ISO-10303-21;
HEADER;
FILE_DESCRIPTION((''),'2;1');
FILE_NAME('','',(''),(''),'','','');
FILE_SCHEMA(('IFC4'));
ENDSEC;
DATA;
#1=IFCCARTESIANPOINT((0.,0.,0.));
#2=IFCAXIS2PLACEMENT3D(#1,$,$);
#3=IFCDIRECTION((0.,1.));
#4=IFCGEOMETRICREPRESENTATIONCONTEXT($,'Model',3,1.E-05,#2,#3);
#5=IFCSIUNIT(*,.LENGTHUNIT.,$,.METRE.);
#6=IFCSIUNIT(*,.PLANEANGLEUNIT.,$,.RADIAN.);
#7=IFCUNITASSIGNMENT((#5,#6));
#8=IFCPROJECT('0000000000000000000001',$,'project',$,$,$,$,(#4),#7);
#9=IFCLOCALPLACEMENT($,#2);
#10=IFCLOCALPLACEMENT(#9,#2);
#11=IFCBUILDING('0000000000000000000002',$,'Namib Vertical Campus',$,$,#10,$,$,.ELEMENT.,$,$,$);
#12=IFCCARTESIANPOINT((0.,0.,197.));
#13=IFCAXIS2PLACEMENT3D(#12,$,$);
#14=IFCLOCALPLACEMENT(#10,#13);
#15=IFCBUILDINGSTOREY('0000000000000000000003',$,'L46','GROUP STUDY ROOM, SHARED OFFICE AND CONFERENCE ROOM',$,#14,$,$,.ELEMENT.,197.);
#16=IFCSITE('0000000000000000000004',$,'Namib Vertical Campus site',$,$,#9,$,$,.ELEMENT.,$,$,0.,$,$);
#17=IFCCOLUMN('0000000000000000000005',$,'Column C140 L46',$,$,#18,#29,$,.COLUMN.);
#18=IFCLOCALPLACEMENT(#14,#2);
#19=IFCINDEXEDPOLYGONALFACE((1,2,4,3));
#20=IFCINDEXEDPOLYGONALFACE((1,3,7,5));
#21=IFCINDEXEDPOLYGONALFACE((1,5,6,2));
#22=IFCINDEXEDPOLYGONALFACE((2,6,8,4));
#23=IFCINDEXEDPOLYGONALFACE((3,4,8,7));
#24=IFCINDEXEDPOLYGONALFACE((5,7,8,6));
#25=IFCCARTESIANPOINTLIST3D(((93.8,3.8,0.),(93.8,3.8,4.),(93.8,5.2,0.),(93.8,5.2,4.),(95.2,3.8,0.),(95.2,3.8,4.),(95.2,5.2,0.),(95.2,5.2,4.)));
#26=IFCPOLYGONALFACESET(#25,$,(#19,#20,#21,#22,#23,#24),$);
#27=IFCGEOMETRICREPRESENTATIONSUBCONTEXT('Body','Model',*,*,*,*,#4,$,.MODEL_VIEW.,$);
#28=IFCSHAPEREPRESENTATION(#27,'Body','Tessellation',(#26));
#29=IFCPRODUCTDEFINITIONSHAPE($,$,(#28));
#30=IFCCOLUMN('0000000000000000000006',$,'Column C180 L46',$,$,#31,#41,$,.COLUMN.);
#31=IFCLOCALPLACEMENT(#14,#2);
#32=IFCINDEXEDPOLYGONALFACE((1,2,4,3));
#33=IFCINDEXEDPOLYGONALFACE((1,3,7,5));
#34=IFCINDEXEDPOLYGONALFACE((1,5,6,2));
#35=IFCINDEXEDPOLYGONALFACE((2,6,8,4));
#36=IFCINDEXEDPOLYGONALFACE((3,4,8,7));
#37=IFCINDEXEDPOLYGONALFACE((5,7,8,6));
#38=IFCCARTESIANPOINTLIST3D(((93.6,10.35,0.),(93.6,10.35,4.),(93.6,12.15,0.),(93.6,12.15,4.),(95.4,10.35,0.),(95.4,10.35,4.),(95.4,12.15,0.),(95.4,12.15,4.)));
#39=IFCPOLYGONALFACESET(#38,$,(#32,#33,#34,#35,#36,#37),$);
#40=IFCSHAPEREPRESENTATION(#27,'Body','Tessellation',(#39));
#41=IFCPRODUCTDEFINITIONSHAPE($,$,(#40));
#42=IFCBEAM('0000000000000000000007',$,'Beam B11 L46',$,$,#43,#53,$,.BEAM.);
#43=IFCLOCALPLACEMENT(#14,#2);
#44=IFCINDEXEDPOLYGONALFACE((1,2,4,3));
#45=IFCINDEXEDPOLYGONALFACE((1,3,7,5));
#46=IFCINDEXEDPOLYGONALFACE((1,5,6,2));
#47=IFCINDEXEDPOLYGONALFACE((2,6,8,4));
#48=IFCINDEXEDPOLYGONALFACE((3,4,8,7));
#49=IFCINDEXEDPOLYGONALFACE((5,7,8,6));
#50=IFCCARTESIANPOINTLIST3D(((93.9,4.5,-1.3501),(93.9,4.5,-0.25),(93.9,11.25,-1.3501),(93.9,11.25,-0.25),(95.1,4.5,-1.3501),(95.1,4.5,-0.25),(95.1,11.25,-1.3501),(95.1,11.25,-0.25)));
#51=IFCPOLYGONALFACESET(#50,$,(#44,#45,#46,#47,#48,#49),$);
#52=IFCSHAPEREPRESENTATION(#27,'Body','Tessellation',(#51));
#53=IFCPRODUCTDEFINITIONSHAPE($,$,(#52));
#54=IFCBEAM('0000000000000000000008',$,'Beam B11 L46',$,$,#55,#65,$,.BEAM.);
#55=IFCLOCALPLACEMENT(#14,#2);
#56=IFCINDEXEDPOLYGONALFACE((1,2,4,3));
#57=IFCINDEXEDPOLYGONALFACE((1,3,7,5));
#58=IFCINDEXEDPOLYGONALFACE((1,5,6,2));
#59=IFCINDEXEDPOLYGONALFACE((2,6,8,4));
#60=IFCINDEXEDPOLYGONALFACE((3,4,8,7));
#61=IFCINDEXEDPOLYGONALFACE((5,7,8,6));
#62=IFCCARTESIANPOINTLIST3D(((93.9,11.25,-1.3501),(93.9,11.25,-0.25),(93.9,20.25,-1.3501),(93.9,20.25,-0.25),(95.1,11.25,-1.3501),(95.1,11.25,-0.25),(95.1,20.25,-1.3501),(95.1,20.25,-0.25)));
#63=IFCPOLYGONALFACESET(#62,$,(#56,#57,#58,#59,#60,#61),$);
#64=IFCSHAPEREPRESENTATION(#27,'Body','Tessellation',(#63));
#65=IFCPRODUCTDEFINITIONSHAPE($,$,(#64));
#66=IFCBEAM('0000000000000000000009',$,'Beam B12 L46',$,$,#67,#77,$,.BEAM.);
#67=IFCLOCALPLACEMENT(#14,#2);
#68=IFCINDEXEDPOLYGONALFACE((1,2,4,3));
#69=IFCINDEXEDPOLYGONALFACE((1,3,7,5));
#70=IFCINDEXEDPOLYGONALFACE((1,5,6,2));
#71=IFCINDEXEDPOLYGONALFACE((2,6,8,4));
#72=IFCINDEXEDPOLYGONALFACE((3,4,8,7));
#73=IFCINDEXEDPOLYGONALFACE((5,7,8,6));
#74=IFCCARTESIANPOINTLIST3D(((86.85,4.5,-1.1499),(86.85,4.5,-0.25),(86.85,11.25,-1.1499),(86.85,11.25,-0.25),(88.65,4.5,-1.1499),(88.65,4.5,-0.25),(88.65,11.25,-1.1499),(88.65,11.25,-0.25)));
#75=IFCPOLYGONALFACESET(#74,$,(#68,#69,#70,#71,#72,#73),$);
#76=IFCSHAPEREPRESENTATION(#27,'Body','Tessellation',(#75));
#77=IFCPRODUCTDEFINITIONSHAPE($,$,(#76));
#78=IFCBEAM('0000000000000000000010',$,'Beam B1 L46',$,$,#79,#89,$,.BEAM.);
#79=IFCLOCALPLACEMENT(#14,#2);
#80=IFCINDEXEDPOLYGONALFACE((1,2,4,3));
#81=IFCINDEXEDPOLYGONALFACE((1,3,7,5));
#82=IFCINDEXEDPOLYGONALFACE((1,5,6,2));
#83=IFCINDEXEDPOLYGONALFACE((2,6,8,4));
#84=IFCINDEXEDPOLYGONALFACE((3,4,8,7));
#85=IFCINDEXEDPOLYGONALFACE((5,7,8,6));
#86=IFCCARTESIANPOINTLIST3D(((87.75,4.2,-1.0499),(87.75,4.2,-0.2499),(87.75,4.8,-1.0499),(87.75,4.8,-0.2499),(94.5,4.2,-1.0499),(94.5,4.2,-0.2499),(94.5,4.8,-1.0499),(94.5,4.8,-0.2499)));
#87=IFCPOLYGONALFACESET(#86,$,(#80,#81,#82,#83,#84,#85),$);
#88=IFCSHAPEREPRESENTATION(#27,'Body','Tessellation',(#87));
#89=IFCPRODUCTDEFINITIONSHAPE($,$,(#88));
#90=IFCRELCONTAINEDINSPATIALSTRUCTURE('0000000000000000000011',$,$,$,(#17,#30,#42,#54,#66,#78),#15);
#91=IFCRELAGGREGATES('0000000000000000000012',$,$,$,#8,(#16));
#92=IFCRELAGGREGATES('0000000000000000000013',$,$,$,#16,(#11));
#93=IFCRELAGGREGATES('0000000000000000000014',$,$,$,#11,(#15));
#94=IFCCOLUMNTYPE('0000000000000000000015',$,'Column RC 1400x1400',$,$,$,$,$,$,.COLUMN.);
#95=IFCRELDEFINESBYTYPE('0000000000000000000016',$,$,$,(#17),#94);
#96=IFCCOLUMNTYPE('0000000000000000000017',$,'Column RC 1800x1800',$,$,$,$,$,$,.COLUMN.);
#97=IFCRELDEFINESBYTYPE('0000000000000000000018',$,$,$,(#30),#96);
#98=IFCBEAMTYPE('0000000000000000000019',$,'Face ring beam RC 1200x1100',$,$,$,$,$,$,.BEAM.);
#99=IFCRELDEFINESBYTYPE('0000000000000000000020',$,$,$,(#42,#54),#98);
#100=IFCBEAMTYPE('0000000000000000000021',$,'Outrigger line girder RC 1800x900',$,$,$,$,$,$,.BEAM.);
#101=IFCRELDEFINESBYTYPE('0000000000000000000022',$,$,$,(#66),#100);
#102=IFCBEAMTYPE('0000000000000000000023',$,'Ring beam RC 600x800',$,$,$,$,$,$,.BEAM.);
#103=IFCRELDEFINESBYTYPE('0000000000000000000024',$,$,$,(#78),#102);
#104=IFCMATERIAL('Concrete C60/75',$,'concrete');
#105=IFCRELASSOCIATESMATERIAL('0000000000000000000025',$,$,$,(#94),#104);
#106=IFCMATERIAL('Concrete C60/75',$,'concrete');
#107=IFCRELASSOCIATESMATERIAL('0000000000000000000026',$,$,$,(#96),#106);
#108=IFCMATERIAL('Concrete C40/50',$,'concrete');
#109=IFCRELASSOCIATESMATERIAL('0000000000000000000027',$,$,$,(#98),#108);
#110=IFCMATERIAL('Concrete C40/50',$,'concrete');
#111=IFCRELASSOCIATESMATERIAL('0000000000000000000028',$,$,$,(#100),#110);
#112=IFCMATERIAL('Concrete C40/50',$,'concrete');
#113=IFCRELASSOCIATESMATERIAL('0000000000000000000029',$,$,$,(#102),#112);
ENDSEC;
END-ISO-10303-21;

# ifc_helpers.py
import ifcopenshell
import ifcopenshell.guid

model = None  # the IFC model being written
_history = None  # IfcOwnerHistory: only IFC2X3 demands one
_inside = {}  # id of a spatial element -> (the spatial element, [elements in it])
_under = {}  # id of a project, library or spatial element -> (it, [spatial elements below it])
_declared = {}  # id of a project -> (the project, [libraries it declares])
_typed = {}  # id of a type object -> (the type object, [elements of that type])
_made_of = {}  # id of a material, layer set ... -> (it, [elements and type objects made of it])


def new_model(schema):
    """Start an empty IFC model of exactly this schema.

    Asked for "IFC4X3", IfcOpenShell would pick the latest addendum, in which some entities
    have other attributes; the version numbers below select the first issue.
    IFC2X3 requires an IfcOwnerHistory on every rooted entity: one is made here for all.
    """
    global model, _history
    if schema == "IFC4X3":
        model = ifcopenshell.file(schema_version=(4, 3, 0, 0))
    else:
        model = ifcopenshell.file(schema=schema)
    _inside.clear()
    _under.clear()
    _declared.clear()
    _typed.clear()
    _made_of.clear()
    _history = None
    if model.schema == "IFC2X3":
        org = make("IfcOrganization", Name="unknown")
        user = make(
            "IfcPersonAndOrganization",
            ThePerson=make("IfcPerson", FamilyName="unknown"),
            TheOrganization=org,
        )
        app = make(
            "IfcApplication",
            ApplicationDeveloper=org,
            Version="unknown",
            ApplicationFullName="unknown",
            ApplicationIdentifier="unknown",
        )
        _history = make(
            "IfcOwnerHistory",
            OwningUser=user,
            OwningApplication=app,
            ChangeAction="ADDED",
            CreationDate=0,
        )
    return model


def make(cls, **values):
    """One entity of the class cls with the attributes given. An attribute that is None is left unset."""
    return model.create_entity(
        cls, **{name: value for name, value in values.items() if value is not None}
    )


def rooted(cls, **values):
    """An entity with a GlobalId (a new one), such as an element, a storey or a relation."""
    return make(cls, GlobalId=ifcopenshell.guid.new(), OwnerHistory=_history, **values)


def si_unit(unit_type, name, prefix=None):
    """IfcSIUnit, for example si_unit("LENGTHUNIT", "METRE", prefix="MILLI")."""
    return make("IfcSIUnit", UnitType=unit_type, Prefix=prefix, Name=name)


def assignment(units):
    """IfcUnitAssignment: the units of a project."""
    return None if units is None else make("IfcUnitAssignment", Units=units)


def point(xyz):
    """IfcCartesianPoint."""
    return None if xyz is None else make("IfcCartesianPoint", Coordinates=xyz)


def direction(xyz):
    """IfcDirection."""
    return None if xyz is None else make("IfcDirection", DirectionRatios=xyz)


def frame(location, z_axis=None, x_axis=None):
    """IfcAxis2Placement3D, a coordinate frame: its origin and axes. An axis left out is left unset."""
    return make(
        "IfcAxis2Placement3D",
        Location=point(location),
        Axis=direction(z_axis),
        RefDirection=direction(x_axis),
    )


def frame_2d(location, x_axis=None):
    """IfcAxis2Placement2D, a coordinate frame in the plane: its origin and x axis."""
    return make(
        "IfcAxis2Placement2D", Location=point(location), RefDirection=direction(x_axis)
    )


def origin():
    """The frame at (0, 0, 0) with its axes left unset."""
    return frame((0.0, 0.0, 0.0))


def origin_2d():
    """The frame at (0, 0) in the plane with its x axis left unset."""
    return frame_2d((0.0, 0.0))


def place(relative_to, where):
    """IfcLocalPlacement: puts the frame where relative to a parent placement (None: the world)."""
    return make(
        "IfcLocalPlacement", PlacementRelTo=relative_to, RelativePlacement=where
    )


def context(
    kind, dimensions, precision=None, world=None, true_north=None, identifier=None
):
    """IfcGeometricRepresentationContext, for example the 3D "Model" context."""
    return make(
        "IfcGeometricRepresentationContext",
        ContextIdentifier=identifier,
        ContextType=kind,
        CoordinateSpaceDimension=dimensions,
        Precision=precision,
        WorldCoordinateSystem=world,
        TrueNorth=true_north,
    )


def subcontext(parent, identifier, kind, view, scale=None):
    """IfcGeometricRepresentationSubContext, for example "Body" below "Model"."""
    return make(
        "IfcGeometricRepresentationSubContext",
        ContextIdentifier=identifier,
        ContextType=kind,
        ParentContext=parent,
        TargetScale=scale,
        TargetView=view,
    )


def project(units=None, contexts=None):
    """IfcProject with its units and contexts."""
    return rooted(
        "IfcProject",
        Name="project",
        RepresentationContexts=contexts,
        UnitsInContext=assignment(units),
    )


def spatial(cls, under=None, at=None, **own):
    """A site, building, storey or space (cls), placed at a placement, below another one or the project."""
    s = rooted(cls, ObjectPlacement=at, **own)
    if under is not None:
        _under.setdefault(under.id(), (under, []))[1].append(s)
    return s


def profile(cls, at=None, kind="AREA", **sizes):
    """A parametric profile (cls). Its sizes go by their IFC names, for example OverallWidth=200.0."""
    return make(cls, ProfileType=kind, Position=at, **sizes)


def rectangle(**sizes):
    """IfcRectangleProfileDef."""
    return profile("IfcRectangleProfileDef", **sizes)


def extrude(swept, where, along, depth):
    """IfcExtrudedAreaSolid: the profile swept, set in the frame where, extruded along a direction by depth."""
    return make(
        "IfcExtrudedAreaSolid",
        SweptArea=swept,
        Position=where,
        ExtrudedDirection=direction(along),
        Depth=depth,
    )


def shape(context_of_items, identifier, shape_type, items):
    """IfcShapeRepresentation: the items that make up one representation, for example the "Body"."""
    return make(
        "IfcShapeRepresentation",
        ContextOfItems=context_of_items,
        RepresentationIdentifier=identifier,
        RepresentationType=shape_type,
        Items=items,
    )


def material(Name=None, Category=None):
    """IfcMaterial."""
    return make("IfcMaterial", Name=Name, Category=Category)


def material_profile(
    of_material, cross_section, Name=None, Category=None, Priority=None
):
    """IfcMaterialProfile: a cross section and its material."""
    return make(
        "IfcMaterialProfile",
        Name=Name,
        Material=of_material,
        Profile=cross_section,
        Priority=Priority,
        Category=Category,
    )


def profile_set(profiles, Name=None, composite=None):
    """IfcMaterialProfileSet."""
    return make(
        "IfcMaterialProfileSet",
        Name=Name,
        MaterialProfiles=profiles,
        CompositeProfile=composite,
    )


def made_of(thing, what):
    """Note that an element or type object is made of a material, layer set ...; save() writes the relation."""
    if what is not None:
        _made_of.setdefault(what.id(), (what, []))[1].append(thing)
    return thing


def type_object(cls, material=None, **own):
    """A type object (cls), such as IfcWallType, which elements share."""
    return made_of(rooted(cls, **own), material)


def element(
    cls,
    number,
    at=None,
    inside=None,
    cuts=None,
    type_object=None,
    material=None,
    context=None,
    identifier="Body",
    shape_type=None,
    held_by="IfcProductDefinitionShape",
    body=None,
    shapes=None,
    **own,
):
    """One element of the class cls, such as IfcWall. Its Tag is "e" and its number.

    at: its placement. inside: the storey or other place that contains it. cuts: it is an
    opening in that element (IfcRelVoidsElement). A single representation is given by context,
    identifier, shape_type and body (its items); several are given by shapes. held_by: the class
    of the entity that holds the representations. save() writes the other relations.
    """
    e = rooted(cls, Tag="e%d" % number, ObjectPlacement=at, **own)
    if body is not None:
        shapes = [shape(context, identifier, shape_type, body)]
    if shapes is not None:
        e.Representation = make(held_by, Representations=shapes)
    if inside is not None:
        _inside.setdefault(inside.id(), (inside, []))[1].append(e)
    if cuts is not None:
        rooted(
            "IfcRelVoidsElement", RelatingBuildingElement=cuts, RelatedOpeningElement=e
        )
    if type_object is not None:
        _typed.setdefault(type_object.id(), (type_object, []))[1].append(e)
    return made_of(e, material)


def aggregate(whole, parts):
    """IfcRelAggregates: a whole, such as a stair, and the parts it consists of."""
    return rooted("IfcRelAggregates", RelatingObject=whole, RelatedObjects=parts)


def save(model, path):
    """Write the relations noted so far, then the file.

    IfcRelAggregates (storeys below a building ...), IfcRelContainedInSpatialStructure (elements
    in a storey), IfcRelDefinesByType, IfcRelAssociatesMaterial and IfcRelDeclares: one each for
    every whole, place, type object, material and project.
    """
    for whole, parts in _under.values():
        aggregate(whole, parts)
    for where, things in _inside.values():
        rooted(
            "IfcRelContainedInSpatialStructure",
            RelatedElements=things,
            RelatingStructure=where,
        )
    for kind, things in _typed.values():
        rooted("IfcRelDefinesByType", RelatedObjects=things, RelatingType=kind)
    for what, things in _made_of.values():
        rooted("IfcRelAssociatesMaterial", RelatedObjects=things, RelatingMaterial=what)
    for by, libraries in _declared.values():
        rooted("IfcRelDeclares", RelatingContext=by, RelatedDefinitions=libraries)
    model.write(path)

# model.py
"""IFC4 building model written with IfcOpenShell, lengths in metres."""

from ifc_helpers import new_model, si_unit, direction, frame, origin, origin_2d, place, context, subcontext, project, spatial, rectangle, extrude, material, material_profile, profile_set, type_object, element, save


model = new_model("IFC4")

# Units and contexts
model_context = context("Model", 3, precision=1e-05, world=origin(), true_north=direction((0.0, 1.0)))
body_context = subcontext(model_context, "Body", "Model", "MODEL_VIEW")
ifc_project = project(units=[si_unit("LENGTHUNIT", "METRE"), si_unit("PLANEANGLEUNIT", "RADIAN")], contexts=[model_context])

# Site, building, storey
site_placement = place(None, origin())
site = spatial("IfcSite", under=ifc_project, at=site_placement, Name="Namib Vertical Campus site", CompositionType="ELEMENT", RefElevation=0.0)
building_placement = place(site_placement, origin())
building = spatial("IfcBuilding", under=site, at=building_placement, Name="Namib Vertical Campus", CompositionType="ELEMENT")
storey_placement = place(building_placement, frame((0.0, 0.0, 197.0)))
storey = spatial("IfcBuildingStorey", under=building, at=storey_placement, Name="L46", Description="GROUP STUDY ROOM, SHARED OFFICE AND CONFERENCE ROOM", CompositionType="ELEMENT", Elevation=197.0)

# Columns
ifc_material_1 = material(Name="Concrete C60/75", Category="concrete")
ifc_material_profile_1 = material_profile(ifc_material_1, rectangle(XDim=1.3999, YDim=1.3999, at=origin_2d()))
ifc_profile_set_1 = profile_set([ifc_material_profile_1], Name="Concrete C60/75")
column_type_1 = type_object("IfcColumnType", Name="Column RC 1400x1400", PredefinedType="COLUMN", material=ifc_profile_set_1)
column_1_placement = place(storey_placement, frame((94.5, 4.5, 0.0), z_axis=(0.0, 0.0, 1.0), x_axis=(1.0, 0.0, 0.0)))
element("IfcColumn", 1, at=column_1_placement, inside=storey, type_object=column_type_1, Name="Column C140 L46", PredefinedType="COLUMN", context=body_context, shape_type="SweptSolid", body=[
    extrude(rectangle(XDim=1.3999, YDim=1.3999, at=origin_2d()), origin(), (0.0, 0.0, 1.0), 4.0),
])
ifc_material_2 = material(Name="Concrete C60/75", Category="concrete")
ifc_material_profile_2 = material_profile(ifc_material_2, rectangle(XDim=1.8, YDim=1.8, at=origin_2d()))
ifc_profile_set_2 = profile_set([ifc_material_profile_2], Name="Concrete C60/75")
column_type_2 = type_object("IfcColumnType", Name="Column RC 1800x1800", PredefinedType="COLUMN", material=ifc_profile_set_2)
column_2_placement = place(storey_placement, frame((94.5, 11.25, 0.0), z_axis=(0.0, 0.0, 1.0), x_axis=(1.0, 0.0, 0.0)))
element("IfcColumn", 2, at=column_2_placement, inside=storey, type_object=column_type_2, Name="Column C180 L46", PredefinedType="COLUMN", context=body_context, shape_type="SweptSolid", body=[
    extrude(rectangle(XDim=1.8, YDim=1.8, at=origin_2d()), origin(), (0.0, 0.0, 1.0), 4.0),
])

# Beams
ifc_material_3 = material(Name="Concrete C40/50", Category="concrete")
ifc_material_profile_3 = material_profile(ifc_material_3, rectangle(XDim=1.2, YDim=1.1001, at=origin_2d()))
ifc_profile_set_3 = profile_set([ifc_material_profile_3], Name="Concrete C40/50")
beam_type_1 = type_object("IfcBeamType", Name="Face ring beam RC 1200x1100", PredefinedType="BEAM", material=ifc_profile_set_3)
beam_1_placement = place(storey_placement, frame((94.5, 4.5, -0.8), z_axis=(0.0, 1.0, 0.0), x_axis=(-1.0, 0.0, 0.0)))
element("IfcBeam", 3, at=beam_1_placement, inside=storey, type_object=beam_type_1, Name="Beam B11 L46", PredefinedType="BEAM", context=body_context, shape_type="SweptSolid", body=[
    extrude(rectangle(XDim=1.2, YDim=1.1001, at=origin_2d()), origin(), (0.0, 0.0, 1.0), 6.75),
])
beam_2_placement = place(storey_placement, frame((94.5, 11.25, -0.8), z_axis=(0.0, 1.0, 0.0), x_axis=(-1.0, 0.0, 0.0)))
element("IfcBeam", 4, at=beam_2_placement, inside=storey, type_object=beam_type_1, Name="Beam B11 L46", PredefinedType="BEAM", context=body_context, shape_type="SweptSolid", body=[
    extrude(rectangle(XDim=1.2, YDim=1.1001, at=origin_2d()), origin(), (0.0, 0.0, 1.0), 9.0),
])
ifc_material_4 = material(Name="Concrete C40/50", Category="concrete")
ifc_material_profile_4 = material_profile(ifc_material_4, rectangle(XDim=1.8, YDim=0.8999, at=origin_2d()))
ifc_profile_set_4 = profile_set([ifc_material_profile_4], Name="Concrete C40/50")
beam_type_2 = type_object("IfcBeamType", Name="Outrigger line girder RC 1800x900", PredefinedType="BEAM", material=ifc_profile_set_4)
beam_3_placement = place(storey_placement, frame((87.75, 4.5, -0.7), z_axis=(0.0, 1.0, 0.0), x_axis=(-1.0, 0.0, 0.0)))
element("IfcBeam", 5, at=beam_3_placement, inside=storey, type_object=beam_type_2, Name="Beam B12 L46", PredefinedType="BEAM", context=body_context, shape_type="SweptSolid", body=[
    extrude(rectangle(XDim=1.8, YDim=0.8999, at=origin_2d()), origin(), (0.0, 0.0, 1.0), 6.75),
])
ifc_material_5 = material(Name="Concrete C40/50", Category="concrete")
ifc_material_profile_5 = material_profile(ifc_material_5, rectangle(XDim=0.6001, YDim=0.8, at=origin_2d()))
ifc_profile_set_5 = profile_set([ifc_material_profile_5], Name="Concrete C40/50")
beam_type_3 = type_object("IfcBeamType", Name="Ring beam RC 600x800", PredefinedType="BEAM", material=ifc_profile_set_5)
beam_4_placement = place(storey_placement, frame((87.75, 4.5, -0.6499), z_axis=(1.0, 0.0, 0.0), x_axis=(0.0, 1.0, 0.0)))
element("IfcBeam", 6, at=beam_4_placement, inside=storey, type_object=beam_type_3, Name="Beam B1 L46", PredefinedType="BEAM", context=body_context, shape_type="SweptSolid", body=[
    extrude(rectangle(XDim=0.6001, YDim=0.8, at=origin_2d()), origin(), (0.0, 0.0, 1.0), 6.75),
])

save(model, "model.ifc")
